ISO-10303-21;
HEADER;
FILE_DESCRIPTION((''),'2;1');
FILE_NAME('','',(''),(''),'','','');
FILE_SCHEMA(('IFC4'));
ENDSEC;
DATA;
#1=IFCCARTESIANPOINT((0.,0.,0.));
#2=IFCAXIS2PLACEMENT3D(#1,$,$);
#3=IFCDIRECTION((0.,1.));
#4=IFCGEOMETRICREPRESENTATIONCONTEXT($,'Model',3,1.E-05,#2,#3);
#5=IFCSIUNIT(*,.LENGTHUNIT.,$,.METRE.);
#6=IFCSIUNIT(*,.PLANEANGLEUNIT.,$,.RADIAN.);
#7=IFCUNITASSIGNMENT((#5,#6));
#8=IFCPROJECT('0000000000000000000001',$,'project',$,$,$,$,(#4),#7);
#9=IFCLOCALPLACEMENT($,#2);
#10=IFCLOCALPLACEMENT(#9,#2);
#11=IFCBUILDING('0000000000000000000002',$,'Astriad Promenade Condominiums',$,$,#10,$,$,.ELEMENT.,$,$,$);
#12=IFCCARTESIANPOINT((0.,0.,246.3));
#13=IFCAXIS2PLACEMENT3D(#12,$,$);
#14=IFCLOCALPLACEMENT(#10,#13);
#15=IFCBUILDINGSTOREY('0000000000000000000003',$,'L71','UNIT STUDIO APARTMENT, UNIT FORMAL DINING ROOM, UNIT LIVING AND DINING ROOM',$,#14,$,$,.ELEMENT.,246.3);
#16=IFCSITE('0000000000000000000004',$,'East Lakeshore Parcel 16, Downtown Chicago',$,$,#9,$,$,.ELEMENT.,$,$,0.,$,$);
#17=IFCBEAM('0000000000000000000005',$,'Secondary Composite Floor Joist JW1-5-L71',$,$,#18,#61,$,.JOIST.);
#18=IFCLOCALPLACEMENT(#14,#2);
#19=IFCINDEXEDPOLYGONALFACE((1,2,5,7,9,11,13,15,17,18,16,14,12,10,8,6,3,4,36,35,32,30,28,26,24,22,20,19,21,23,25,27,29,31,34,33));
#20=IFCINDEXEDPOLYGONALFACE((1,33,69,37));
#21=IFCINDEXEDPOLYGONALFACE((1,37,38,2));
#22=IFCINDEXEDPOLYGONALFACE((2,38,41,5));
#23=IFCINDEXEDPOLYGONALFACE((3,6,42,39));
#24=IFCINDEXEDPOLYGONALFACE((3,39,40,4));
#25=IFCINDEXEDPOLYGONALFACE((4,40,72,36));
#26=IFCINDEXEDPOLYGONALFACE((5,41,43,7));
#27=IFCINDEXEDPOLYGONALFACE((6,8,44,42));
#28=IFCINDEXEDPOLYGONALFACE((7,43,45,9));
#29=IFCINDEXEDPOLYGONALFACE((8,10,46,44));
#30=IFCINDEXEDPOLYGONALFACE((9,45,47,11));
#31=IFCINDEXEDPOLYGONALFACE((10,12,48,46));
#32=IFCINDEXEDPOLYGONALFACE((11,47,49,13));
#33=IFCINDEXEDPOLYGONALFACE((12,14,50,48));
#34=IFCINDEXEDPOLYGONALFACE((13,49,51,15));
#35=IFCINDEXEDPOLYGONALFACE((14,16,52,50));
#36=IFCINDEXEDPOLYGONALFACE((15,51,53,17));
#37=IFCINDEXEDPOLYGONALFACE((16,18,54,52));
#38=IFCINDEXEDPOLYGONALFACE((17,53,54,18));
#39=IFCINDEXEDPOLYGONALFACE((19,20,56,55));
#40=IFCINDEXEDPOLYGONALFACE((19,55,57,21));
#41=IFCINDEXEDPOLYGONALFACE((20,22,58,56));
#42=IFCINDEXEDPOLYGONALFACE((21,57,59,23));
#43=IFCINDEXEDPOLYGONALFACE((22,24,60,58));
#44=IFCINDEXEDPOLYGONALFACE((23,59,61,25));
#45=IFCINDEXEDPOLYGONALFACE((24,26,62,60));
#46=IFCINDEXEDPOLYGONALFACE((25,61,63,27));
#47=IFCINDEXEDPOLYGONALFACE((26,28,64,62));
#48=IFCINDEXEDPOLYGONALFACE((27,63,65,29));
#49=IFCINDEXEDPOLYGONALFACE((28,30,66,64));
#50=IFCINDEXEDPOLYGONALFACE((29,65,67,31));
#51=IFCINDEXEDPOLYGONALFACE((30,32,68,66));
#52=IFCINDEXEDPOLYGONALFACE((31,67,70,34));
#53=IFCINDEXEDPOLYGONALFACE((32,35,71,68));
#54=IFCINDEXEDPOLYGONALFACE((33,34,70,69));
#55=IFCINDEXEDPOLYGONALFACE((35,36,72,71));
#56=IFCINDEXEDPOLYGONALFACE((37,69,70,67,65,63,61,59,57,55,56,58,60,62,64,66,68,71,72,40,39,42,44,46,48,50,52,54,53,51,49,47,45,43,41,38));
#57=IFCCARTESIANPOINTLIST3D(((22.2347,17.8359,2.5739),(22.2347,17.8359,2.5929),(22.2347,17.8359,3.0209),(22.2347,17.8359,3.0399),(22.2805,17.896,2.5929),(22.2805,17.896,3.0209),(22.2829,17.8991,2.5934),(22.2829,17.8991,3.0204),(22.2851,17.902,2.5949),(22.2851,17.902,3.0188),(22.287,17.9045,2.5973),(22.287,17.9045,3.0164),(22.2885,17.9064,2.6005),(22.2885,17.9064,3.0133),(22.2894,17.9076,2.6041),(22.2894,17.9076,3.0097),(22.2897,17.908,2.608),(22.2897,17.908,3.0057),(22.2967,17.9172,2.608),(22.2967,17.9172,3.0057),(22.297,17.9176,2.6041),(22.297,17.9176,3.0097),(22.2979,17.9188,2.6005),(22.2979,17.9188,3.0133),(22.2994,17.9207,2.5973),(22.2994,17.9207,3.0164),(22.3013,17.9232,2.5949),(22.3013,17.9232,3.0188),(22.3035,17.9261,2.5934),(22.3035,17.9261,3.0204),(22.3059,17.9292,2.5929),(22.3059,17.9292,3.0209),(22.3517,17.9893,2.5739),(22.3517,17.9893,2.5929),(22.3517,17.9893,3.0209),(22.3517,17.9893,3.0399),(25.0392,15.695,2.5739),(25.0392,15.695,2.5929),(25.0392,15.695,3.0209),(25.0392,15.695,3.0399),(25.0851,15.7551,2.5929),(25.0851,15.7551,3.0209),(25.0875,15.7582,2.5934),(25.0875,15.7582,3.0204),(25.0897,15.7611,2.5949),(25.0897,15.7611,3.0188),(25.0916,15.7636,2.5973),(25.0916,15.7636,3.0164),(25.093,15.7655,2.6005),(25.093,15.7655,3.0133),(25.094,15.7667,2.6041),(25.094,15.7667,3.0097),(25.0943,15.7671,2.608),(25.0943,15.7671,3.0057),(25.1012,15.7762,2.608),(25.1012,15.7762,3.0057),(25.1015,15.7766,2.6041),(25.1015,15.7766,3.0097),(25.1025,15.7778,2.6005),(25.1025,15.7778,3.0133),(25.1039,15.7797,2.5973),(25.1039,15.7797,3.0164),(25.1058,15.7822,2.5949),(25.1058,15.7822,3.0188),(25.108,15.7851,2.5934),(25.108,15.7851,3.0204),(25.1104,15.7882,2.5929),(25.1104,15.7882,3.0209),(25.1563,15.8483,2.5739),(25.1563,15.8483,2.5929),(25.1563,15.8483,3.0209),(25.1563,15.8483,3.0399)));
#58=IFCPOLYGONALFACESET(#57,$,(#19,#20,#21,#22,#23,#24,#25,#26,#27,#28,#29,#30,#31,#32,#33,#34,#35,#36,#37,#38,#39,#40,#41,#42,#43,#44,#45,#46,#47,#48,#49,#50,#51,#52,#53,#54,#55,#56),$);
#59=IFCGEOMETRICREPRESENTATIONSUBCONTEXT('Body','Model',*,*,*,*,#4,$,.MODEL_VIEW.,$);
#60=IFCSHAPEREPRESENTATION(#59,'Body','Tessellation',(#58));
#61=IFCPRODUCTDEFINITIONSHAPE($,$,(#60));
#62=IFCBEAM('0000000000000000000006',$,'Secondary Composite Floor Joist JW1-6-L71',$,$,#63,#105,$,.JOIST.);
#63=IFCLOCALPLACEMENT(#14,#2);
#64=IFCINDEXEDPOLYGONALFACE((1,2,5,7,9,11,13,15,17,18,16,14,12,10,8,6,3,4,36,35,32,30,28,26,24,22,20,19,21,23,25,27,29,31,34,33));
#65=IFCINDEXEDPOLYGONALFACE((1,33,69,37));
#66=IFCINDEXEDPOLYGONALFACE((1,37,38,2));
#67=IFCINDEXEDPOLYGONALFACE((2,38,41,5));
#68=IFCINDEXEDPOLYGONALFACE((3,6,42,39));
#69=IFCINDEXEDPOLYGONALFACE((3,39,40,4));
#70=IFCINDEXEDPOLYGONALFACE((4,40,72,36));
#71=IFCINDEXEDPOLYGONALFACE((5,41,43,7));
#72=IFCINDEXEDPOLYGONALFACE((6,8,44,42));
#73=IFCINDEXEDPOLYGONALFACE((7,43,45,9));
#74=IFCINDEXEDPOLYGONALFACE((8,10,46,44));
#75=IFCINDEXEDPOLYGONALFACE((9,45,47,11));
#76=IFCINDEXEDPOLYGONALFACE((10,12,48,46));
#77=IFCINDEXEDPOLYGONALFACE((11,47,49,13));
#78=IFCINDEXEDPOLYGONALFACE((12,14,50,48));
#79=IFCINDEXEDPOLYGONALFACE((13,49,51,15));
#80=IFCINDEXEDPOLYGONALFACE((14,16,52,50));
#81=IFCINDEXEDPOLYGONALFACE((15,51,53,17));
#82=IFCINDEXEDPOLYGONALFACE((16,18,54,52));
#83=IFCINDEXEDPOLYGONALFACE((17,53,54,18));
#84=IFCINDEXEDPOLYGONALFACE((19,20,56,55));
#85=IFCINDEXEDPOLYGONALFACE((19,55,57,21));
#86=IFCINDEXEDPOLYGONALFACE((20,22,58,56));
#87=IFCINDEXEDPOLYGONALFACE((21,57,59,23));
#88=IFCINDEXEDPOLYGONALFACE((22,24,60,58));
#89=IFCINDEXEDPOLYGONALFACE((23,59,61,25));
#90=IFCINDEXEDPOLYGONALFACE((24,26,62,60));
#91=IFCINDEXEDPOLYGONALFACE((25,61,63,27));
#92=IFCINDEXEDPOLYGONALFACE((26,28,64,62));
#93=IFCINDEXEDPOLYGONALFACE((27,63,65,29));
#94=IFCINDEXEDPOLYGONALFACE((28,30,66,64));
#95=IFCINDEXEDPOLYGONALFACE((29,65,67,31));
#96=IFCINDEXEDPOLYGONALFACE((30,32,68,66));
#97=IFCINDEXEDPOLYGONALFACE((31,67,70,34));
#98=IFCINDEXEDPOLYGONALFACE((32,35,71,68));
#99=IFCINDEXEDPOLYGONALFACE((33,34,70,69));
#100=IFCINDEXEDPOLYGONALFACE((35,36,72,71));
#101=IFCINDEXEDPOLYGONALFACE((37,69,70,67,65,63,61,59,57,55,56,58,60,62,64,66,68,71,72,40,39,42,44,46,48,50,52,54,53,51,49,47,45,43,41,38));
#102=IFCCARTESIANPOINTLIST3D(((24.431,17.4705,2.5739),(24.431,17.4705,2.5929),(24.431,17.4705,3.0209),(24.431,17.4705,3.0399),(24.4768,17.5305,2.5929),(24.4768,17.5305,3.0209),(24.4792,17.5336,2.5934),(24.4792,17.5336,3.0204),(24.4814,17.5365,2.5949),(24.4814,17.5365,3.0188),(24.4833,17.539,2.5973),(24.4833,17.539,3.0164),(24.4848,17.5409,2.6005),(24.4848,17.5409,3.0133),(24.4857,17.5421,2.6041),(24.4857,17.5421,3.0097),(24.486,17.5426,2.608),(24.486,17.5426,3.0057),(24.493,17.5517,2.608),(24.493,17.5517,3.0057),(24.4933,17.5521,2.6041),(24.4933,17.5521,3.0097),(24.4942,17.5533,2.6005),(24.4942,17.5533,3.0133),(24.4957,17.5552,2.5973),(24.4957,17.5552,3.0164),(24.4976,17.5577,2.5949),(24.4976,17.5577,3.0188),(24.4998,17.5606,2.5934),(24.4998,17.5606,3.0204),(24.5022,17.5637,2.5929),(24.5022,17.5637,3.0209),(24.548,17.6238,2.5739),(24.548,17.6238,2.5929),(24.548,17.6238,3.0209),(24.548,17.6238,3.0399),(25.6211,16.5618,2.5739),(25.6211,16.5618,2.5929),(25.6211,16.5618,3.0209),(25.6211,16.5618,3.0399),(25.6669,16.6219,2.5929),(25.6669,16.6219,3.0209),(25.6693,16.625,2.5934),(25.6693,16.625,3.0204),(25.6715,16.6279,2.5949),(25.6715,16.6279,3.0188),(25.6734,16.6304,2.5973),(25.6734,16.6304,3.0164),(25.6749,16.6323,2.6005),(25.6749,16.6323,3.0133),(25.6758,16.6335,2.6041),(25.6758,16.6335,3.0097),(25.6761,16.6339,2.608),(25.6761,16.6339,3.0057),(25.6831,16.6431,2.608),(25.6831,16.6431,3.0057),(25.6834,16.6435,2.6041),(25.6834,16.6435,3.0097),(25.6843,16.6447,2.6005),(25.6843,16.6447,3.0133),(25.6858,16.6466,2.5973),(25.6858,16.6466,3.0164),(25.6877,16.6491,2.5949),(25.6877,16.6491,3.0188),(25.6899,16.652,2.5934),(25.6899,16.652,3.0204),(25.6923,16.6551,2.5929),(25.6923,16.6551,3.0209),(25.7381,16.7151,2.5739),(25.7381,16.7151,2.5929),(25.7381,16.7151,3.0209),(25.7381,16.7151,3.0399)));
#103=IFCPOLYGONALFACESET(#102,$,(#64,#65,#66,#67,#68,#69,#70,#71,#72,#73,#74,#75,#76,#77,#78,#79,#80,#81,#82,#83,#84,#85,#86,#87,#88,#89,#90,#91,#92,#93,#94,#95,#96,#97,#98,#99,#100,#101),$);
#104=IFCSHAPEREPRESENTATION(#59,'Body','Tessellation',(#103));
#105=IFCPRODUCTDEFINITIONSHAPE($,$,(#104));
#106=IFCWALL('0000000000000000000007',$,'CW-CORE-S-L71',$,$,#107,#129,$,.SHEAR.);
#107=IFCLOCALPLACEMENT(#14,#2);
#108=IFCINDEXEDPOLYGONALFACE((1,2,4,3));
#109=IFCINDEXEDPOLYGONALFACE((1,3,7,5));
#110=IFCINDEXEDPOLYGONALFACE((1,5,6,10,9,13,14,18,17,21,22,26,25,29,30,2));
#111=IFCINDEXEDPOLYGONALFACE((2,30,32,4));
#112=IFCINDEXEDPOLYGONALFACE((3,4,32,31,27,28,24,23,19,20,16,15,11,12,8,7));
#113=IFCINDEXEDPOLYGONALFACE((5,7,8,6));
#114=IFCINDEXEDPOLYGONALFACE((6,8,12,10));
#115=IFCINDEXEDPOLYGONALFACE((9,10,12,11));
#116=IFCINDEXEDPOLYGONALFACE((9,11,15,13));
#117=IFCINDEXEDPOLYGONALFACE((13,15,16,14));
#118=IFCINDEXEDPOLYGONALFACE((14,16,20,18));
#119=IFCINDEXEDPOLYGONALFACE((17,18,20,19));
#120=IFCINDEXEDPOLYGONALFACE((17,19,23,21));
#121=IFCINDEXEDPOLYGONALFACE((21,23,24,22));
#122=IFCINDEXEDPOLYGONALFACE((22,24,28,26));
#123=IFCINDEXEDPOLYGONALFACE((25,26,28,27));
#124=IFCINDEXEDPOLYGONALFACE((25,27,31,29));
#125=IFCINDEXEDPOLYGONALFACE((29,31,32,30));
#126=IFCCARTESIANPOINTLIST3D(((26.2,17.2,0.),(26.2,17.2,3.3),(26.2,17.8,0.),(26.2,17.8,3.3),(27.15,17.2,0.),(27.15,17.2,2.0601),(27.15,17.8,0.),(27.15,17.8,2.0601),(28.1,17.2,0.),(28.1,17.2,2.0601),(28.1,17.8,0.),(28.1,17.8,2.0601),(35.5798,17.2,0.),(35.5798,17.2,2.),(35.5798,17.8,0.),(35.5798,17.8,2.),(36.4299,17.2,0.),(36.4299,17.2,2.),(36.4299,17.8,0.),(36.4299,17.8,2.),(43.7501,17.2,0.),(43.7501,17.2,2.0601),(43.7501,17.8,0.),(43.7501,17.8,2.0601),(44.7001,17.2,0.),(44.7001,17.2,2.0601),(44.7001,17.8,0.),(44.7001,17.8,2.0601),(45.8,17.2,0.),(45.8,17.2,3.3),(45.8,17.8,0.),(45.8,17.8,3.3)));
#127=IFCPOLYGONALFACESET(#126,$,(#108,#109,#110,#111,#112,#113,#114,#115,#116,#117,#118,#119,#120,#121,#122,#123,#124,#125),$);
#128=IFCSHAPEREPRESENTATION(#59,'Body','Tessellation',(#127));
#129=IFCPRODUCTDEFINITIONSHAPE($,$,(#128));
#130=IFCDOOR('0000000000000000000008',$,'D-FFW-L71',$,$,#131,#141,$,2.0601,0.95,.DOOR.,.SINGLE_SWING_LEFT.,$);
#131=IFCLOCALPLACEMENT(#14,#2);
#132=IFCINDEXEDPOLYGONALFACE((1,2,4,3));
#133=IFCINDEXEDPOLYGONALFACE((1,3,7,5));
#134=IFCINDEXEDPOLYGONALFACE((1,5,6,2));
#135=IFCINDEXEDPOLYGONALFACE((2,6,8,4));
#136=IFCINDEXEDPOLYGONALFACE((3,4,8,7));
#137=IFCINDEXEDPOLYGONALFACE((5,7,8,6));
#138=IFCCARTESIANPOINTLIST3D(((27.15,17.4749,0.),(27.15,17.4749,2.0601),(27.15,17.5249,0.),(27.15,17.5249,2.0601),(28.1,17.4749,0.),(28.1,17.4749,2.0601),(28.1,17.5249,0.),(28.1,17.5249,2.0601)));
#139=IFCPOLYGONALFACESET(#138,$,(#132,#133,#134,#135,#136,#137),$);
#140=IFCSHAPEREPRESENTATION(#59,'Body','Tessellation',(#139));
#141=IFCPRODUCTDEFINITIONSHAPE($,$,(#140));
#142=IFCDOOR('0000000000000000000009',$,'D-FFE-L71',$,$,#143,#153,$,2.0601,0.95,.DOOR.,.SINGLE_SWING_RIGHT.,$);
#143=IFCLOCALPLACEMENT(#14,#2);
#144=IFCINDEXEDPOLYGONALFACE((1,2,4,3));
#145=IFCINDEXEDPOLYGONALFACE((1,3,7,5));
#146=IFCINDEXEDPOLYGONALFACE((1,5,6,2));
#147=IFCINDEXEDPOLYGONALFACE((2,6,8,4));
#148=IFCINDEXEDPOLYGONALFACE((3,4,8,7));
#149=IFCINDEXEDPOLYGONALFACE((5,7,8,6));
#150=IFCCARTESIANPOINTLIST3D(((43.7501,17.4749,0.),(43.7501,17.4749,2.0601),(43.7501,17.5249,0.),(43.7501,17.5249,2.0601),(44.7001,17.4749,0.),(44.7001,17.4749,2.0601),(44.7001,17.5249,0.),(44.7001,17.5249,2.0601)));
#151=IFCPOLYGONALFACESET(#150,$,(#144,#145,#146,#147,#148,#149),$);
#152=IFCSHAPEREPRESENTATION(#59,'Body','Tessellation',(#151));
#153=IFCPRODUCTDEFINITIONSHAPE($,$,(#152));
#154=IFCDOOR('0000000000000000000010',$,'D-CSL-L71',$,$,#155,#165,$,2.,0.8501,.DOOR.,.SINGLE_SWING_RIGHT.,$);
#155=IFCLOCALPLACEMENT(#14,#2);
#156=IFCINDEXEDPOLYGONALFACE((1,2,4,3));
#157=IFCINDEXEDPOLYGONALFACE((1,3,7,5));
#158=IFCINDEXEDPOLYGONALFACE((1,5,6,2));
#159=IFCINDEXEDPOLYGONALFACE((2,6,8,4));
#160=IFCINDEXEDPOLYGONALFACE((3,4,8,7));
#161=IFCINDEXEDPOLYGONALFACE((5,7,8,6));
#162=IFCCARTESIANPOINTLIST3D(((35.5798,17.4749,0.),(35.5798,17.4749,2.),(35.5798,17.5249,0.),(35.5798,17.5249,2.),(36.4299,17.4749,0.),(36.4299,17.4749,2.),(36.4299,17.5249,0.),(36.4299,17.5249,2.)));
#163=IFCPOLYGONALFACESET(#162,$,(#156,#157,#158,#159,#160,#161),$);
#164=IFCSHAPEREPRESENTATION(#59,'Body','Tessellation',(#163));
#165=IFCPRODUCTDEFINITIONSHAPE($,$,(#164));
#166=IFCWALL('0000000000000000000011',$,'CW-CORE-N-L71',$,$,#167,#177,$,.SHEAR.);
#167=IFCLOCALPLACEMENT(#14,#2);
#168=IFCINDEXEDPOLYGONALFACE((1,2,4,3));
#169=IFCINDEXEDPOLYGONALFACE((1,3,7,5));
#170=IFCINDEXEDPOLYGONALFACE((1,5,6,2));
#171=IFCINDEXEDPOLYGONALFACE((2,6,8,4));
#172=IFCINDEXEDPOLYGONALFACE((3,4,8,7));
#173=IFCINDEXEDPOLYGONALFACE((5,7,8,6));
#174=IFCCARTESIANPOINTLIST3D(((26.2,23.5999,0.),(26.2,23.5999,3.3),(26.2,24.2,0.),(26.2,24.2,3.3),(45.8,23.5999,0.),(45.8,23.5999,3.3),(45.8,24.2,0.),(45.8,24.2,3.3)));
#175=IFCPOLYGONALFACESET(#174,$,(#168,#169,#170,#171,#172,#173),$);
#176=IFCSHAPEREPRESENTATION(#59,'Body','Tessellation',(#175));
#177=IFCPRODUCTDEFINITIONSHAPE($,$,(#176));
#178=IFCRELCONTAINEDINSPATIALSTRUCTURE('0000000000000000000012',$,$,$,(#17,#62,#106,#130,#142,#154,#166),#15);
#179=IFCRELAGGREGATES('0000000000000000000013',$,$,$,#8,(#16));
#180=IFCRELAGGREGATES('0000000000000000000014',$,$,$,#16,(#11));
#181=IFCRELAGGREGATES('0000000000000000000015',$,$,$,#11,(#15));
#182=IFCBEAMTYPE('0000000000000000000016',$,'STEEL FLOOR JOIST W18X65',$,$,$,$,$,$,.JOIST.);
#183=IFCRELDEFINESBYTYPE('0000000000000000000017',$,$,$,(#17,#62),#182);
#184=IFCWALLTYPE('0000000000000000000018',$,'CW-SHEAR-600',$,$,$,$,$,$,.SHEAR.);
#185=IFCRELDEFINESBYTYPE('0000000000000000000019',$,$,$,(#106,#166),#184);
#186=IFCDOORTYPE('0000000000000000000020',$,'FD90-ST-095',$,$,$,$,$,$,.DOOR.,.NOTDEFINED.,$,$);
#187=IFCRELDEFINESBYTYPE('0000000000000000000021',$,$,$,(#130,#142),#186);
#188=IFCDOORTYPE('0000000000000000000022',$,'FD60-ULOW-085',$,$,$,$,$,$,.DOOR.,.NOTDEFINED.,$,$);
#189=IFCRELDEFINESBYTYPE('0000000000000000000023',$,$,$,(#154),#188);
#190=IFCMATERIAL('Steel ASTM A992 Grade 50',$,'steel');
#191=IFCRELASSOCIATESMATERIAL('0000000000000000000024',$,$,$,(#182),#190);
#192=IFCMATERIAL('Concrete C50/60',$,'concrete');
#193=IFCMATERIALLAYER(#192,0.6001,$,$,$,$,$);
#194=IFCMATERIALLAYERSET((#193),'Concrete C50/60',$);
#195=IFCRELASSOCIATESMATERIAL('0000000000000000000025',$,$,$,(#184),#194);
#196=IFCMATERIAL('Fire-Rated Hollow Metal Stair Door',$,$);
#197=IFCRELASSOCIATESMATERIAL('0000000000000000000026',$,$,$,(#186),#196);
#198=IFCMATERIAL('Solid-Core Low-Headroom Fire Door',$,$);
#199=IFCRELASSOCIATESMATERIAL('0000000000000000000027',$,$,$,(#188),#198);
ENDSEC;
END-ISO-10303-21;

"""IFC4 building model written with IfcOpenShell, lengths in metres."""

from ifc_helpers import new_model, si_unit, direction, frame, frame_2d, origin, origin_2d, place, context, subcontext, project, spatial, rectangle, i_section, extrude, source, transform, mapped, material, layer, layer_set, material_profile, profile_set, type_object, type_shapes, element, fill, save


model = new_model("IFC4")

# Units and contexts
model_context = context("Model", 3, precision=1e-05, world=origin(), true_north=direction((0.0, 1.0)))
body_context = subcontext(model_context, "Body", "Model", "MODEL_VIEW")
ifc_project = project(units=[si_unit("LENGTHUNIT", "METRE"), si_unit("PLANEANGLEUNIT", "RADIAN")], contexts=[model_context])

# Site, building, storey
site_placement = place(None, origin())
site = spatial("IfcSite", under=ifc_project, at=site_placement, Name="East Lakeshore Parcel 16, Downtown Chicago", CompositionType="ELEMENT", RefElevation=0.0)
building_placement = place(site_placement, origin())
building = spatial("IfcBuilding", under=site, at=building_placement, Name="Astriad Promenade Condominiums", CompositionType="ELEMENT")
storey_placement = place(building_placement, frame((0.0, 0.0, 246.3)))
storey = spatial("IfcBuildingStorey", under=building, at=storey_placement, Name="L71", Description="UNIT STUDIO APARTMENT, UNIT FORMAL DINING ROOM, UNIT LIVING AND DINING ROOM", CompositionType="ELEMENT", Elevation=246.3)

# Shared definitions
ifc_material_1 = material(Name="Steel ASTM A992 Grade 50", Category="steel")
ifc_material_2 = material(Name="Concrete C50/60", Category="concrete")

# Beams
ifc_material_profile_1 = material_profile(ifc_material_1, i_section(OverallWidth=0.1929, OverallDepth=0.4661, WebThickness=0.0115, FlangeThickness=0.019, FilletRadius=0.0151, at=origin_2d()), Name="W18X65")
ifc_profile_set_1 = profile_set([ifc_material_profile_1], Name="Steel ASTM A992 Grade 50")
beam_type_1 = type_object("IfcBeamType", Name="STEEL FLOOR JOIST W18X65", PredefinedType="JOIST", material=ifc_profile_set_1)
shared_shape_1 = source(origin(), body_context, "Body", "SweptSolid", [
    extrude(i_section(OverallWidth=0.1929, OverallDepth=0.4661, WebThickness=0.0115, FlangeThickness=0.019, FilletRadius=0.0151, at=origin_2d()), origin(), (0.0, 0.0, 1.0), 3.5283),
])
beam_1_placement = place(storey_placement, frame((22.2932, 17.9126, 2.8069), z_axis=(0.794864, -0.606787, 0.0), x_axis=(0.606787, 0.794864, 0.0)))
element("IfcBeam", 1, at=beam_1_placement, inside=storey, type_object=beam_type_1, Name="Secondary Composite Floor Joist JW1-5-L71", PredefinedType="JOIST", context=body_context, shape_type="MappedRepresentation", body=[
    mapped(shared_shape_1, transform((0.0, 0.0, 0.0), scale=1.0)),
])
shared_shape_2 = source(origin(), body_context, "Body", "SweptSolid", [
    extrude(i_section(OverallWidth=0.1929, OverallDepth=0.4661, WebThickness=0.0115, FlangeThickness=0.019, FilletRadius=0.0151, at=origin_2d()), origin(), (0.0, 0.0, 1.0), 1.4973),
])
type_shapes(beam_type_1, [shared_shape_1, shared_shape_2])
beam_2_placement = place(storey_placement, frame((24.4895, 17.5471, 2.8069), z_axis=(0.794825, -0.606839, 0.0), x_axis=(0.606839, 0.794825, 0.0)))
element("IfcBeam", 2, at=beam_2_placement, inside=storey, type_object=beam_type_1, Name="Secondary Composite Floor Joist JW1-6-L71", PredefinedType="JOIST", context=body_context, shape_type="MappedRepresentation", body=[
    mapped(shared_shape_2, transform((0.0, 0.0, 0.0), scale=1.0)),
])

# Wall, openings, doors
ifc_layer_1 = layer(ifc_material_2, 0.6001)
ifc_layer_set_1 = layer_set([ifc_layer_1], Name="Concrete C50/60")
wall_type_1 = type_object("IfcWallType", Name="CW-SHEAR-600", PredefinedType="SHEAR", material=ifc_layer_set_1)
wall_1_placement = place(storey_placement, frame((26.2, 17.5, 0.0), z_axis=(0.0, 0.0, 1.0), x_axis=(1.0, 0.0, 0.0)))
wall_1 = element("IfcWall", 3, at=wall_1_placement, inside=storey, type_object=wall_type_1, Name="CW-CORE-S-L71", PredefinedType="SHEAR", context=body_context, shape_type="SweptSolid", body=[
    extrude(rectangle(XDim=19.6001, YDim=0.6001, at=frame_2d((9.8, 0.0))), origin(), (0.0, 0.0, 1.0), 3.3),
])
opening_1_placement = place(wall_1_placement, frame((0.95, 0.0, 0.0)))
opening_1 = element("IfcOpeningElement", 4, at=opening_1_placement, cuts=wall_1, PredefinedType="OPENING", context=body_context, shape_type="SweptSolid", body=[
    extrude(rectangle(XDim=0.95, YDim=2.0601, at=frame_2d((0.4751, 1.03))), frame((0.0, 0.3101, 0.0), z_axis=(0.0, -1.0, 0.0), x_axis=(1.0, 0.0, 0.0)), (0.0, 0.0, 1.0), 0.6201),
])
opening_2_placement = place(wall_1_placement, frame((9.3799, 0.0, 0.0)))
opening_2 = element("IfcOpeningElement", 5, at=opening_2_placement, cuts=wall_1, PredefinedType="OPENING", context=body_context, shape_type="SweptSolid", body=[
    extrude(rectangle(XDim=0.8501, YDim=2.0, at=frame_2d((0.425, 1.0))), frame((0.0, 0.3101, 0.0), z_axis=(0.0, -1.0, 0.0), x_axis=(1.0, 0.0, 0.0)), (0.0, 0.0, 1.0), 0.6201),
])
opening_3_placement = place(wall_1_placement, frame((17.55, 0.0, 0.0)))
opening_3 = element("IfcOpeningElement", 6, at=opening_3_placement, cuts=wall_1, PredefinedType="OPENING", context=body_context, shape_type="SweptSolid", body=[
    extrude(rectangle(XDim=0.95, YDim=2.0601, at=frame_2d((0.4751, 1.03))), frame((0.0, 0.3101, 0.0), z_axis=(0.0, -1.0, 0.0), x_axis=(1.0, 0.0, 0.0)), (0.0, 0.0, 1.0), 0.6201),
])
ifc_material_3 = material(Name="Fire-Rated Hollow Metal Stair Door")
door_type_1 = type_object("IfcDoorType", Name="FD90-ST-095", OperationType="NOTDEFINED", PredefinedType="DOOR", material=ifc_material_3)
shared_shape_3 = source(origin(), body_context, "Body", "SweptSolid", [
    extrude(rectangle(XDim=0.95, YDim=2.0601, at=frame_2d((0.4751, 1.03))), frame((0.0, 0.0249, 0.0), z_axis=(0.0, -1.0, 0.0), x_axis=(1.0, 0.0, 0.0)), (0.0, 0.0, 1.0), 0.05),
])
type_shapes(door_type_1, [shared_shape_3])
door_1_placement = place(opening_1_placement, origin())
door_1 = element("IfcDoor", 7, at=door_1_placement, inside=storey, type_object=door_type_1, Name="D-FFW-L71", OperationType="SINGLE_SWING_LEFT", OverallHeight=2.0601, OverallWidth=0.95, PredefinedType="DOOR", context=body_context, shape_type="MappedRepresentation", body=[
    mapped(shared_shape_3, transform((0.0, 0.0, 0.0), scale=1.0)),
])
fill(opening_1, door_1)
door_2_placement = place(opening_3_placement, origin())
door_2 = element("IfcDoor", 8, at=door_2_placement, inside=storey, type_object=door_type_1, Name="D-FFE-L71", OperationType="SINGLE_SWING_RIGHT", OverallHeight=2.0601, OverallWidth=0.95, PredefinedType="DOOR", context=body_context, shape_type="MappedRepresentation", body=[
    mapped(shared_shape_3, transform((0.0, 0.0, 0.0), scale=1.0)),
])
fill(opening_3, door_2)
ifc_material_4 = material(Name="Solid-Core Low-Headroom Fire Door")
door_type_2 = type_object("IfcDoorType", Name="FD60-ULOW-085", OperationType="NOTDEFINED", PredefinedType="DOOR", material=ifc_material_4)
shared_shape_4 = source(origin(), body_context, "Body", "SweptSolid", [
    extrude(rectangle(XDim=0.8501, YDim=2.0, at=frame_2d((0.425, 1.0))), frame((0.0, 0.0249, 0.0), z_axis=(0.0, -1.0, 0.0), x_axis=(1.0, 0.0, 0.0)), (0.0, 0.0, 1.0), 0.05),
])
type_shapes(door_type_2, [shared_shape_4])
door_3_placement = place(opening_2_placement, origin())
door_3 = element("IfcDoor", 9, at=door_3_placement, inside=storey, type_object=door_type_2, Name="D-CSL-L71", OperationType="SINGLE_SWING_RIGHT", OverallHeight=2.0, OverallWidth=0.8501, PredefinedType="DOOR", context=body_context, shape_type="MappedRepresentation", body=[
    mapped(shared_shape_4, transform((0.0, 0.0, 0.0), scale=1.0)),
])
fill(opening_2, door_3)

# Wall
wall_2_placement = place(storey_placement, frame((26.2, 23.8999, 0.0), z_axis=(0.0, 0.0, 1.0), x_axis=(1.0, 0.0, 0.0)))
element("IfcWall", 10, at=wall_2_placement, inside=storey, type_object=wall_type_1, Name="CW-CORE-N-L71", PredefinedType="SHEAR", context=body_context, shape_type="SweptSolid", body=[
    extrude(rectangle(XDim=19.6001, YDim=0.6001, at=frame_2d((9.8, 0.0))), origin(), (0.0, 0.0, 1.0), 3.3),
])

save(model, "model.ifc")
